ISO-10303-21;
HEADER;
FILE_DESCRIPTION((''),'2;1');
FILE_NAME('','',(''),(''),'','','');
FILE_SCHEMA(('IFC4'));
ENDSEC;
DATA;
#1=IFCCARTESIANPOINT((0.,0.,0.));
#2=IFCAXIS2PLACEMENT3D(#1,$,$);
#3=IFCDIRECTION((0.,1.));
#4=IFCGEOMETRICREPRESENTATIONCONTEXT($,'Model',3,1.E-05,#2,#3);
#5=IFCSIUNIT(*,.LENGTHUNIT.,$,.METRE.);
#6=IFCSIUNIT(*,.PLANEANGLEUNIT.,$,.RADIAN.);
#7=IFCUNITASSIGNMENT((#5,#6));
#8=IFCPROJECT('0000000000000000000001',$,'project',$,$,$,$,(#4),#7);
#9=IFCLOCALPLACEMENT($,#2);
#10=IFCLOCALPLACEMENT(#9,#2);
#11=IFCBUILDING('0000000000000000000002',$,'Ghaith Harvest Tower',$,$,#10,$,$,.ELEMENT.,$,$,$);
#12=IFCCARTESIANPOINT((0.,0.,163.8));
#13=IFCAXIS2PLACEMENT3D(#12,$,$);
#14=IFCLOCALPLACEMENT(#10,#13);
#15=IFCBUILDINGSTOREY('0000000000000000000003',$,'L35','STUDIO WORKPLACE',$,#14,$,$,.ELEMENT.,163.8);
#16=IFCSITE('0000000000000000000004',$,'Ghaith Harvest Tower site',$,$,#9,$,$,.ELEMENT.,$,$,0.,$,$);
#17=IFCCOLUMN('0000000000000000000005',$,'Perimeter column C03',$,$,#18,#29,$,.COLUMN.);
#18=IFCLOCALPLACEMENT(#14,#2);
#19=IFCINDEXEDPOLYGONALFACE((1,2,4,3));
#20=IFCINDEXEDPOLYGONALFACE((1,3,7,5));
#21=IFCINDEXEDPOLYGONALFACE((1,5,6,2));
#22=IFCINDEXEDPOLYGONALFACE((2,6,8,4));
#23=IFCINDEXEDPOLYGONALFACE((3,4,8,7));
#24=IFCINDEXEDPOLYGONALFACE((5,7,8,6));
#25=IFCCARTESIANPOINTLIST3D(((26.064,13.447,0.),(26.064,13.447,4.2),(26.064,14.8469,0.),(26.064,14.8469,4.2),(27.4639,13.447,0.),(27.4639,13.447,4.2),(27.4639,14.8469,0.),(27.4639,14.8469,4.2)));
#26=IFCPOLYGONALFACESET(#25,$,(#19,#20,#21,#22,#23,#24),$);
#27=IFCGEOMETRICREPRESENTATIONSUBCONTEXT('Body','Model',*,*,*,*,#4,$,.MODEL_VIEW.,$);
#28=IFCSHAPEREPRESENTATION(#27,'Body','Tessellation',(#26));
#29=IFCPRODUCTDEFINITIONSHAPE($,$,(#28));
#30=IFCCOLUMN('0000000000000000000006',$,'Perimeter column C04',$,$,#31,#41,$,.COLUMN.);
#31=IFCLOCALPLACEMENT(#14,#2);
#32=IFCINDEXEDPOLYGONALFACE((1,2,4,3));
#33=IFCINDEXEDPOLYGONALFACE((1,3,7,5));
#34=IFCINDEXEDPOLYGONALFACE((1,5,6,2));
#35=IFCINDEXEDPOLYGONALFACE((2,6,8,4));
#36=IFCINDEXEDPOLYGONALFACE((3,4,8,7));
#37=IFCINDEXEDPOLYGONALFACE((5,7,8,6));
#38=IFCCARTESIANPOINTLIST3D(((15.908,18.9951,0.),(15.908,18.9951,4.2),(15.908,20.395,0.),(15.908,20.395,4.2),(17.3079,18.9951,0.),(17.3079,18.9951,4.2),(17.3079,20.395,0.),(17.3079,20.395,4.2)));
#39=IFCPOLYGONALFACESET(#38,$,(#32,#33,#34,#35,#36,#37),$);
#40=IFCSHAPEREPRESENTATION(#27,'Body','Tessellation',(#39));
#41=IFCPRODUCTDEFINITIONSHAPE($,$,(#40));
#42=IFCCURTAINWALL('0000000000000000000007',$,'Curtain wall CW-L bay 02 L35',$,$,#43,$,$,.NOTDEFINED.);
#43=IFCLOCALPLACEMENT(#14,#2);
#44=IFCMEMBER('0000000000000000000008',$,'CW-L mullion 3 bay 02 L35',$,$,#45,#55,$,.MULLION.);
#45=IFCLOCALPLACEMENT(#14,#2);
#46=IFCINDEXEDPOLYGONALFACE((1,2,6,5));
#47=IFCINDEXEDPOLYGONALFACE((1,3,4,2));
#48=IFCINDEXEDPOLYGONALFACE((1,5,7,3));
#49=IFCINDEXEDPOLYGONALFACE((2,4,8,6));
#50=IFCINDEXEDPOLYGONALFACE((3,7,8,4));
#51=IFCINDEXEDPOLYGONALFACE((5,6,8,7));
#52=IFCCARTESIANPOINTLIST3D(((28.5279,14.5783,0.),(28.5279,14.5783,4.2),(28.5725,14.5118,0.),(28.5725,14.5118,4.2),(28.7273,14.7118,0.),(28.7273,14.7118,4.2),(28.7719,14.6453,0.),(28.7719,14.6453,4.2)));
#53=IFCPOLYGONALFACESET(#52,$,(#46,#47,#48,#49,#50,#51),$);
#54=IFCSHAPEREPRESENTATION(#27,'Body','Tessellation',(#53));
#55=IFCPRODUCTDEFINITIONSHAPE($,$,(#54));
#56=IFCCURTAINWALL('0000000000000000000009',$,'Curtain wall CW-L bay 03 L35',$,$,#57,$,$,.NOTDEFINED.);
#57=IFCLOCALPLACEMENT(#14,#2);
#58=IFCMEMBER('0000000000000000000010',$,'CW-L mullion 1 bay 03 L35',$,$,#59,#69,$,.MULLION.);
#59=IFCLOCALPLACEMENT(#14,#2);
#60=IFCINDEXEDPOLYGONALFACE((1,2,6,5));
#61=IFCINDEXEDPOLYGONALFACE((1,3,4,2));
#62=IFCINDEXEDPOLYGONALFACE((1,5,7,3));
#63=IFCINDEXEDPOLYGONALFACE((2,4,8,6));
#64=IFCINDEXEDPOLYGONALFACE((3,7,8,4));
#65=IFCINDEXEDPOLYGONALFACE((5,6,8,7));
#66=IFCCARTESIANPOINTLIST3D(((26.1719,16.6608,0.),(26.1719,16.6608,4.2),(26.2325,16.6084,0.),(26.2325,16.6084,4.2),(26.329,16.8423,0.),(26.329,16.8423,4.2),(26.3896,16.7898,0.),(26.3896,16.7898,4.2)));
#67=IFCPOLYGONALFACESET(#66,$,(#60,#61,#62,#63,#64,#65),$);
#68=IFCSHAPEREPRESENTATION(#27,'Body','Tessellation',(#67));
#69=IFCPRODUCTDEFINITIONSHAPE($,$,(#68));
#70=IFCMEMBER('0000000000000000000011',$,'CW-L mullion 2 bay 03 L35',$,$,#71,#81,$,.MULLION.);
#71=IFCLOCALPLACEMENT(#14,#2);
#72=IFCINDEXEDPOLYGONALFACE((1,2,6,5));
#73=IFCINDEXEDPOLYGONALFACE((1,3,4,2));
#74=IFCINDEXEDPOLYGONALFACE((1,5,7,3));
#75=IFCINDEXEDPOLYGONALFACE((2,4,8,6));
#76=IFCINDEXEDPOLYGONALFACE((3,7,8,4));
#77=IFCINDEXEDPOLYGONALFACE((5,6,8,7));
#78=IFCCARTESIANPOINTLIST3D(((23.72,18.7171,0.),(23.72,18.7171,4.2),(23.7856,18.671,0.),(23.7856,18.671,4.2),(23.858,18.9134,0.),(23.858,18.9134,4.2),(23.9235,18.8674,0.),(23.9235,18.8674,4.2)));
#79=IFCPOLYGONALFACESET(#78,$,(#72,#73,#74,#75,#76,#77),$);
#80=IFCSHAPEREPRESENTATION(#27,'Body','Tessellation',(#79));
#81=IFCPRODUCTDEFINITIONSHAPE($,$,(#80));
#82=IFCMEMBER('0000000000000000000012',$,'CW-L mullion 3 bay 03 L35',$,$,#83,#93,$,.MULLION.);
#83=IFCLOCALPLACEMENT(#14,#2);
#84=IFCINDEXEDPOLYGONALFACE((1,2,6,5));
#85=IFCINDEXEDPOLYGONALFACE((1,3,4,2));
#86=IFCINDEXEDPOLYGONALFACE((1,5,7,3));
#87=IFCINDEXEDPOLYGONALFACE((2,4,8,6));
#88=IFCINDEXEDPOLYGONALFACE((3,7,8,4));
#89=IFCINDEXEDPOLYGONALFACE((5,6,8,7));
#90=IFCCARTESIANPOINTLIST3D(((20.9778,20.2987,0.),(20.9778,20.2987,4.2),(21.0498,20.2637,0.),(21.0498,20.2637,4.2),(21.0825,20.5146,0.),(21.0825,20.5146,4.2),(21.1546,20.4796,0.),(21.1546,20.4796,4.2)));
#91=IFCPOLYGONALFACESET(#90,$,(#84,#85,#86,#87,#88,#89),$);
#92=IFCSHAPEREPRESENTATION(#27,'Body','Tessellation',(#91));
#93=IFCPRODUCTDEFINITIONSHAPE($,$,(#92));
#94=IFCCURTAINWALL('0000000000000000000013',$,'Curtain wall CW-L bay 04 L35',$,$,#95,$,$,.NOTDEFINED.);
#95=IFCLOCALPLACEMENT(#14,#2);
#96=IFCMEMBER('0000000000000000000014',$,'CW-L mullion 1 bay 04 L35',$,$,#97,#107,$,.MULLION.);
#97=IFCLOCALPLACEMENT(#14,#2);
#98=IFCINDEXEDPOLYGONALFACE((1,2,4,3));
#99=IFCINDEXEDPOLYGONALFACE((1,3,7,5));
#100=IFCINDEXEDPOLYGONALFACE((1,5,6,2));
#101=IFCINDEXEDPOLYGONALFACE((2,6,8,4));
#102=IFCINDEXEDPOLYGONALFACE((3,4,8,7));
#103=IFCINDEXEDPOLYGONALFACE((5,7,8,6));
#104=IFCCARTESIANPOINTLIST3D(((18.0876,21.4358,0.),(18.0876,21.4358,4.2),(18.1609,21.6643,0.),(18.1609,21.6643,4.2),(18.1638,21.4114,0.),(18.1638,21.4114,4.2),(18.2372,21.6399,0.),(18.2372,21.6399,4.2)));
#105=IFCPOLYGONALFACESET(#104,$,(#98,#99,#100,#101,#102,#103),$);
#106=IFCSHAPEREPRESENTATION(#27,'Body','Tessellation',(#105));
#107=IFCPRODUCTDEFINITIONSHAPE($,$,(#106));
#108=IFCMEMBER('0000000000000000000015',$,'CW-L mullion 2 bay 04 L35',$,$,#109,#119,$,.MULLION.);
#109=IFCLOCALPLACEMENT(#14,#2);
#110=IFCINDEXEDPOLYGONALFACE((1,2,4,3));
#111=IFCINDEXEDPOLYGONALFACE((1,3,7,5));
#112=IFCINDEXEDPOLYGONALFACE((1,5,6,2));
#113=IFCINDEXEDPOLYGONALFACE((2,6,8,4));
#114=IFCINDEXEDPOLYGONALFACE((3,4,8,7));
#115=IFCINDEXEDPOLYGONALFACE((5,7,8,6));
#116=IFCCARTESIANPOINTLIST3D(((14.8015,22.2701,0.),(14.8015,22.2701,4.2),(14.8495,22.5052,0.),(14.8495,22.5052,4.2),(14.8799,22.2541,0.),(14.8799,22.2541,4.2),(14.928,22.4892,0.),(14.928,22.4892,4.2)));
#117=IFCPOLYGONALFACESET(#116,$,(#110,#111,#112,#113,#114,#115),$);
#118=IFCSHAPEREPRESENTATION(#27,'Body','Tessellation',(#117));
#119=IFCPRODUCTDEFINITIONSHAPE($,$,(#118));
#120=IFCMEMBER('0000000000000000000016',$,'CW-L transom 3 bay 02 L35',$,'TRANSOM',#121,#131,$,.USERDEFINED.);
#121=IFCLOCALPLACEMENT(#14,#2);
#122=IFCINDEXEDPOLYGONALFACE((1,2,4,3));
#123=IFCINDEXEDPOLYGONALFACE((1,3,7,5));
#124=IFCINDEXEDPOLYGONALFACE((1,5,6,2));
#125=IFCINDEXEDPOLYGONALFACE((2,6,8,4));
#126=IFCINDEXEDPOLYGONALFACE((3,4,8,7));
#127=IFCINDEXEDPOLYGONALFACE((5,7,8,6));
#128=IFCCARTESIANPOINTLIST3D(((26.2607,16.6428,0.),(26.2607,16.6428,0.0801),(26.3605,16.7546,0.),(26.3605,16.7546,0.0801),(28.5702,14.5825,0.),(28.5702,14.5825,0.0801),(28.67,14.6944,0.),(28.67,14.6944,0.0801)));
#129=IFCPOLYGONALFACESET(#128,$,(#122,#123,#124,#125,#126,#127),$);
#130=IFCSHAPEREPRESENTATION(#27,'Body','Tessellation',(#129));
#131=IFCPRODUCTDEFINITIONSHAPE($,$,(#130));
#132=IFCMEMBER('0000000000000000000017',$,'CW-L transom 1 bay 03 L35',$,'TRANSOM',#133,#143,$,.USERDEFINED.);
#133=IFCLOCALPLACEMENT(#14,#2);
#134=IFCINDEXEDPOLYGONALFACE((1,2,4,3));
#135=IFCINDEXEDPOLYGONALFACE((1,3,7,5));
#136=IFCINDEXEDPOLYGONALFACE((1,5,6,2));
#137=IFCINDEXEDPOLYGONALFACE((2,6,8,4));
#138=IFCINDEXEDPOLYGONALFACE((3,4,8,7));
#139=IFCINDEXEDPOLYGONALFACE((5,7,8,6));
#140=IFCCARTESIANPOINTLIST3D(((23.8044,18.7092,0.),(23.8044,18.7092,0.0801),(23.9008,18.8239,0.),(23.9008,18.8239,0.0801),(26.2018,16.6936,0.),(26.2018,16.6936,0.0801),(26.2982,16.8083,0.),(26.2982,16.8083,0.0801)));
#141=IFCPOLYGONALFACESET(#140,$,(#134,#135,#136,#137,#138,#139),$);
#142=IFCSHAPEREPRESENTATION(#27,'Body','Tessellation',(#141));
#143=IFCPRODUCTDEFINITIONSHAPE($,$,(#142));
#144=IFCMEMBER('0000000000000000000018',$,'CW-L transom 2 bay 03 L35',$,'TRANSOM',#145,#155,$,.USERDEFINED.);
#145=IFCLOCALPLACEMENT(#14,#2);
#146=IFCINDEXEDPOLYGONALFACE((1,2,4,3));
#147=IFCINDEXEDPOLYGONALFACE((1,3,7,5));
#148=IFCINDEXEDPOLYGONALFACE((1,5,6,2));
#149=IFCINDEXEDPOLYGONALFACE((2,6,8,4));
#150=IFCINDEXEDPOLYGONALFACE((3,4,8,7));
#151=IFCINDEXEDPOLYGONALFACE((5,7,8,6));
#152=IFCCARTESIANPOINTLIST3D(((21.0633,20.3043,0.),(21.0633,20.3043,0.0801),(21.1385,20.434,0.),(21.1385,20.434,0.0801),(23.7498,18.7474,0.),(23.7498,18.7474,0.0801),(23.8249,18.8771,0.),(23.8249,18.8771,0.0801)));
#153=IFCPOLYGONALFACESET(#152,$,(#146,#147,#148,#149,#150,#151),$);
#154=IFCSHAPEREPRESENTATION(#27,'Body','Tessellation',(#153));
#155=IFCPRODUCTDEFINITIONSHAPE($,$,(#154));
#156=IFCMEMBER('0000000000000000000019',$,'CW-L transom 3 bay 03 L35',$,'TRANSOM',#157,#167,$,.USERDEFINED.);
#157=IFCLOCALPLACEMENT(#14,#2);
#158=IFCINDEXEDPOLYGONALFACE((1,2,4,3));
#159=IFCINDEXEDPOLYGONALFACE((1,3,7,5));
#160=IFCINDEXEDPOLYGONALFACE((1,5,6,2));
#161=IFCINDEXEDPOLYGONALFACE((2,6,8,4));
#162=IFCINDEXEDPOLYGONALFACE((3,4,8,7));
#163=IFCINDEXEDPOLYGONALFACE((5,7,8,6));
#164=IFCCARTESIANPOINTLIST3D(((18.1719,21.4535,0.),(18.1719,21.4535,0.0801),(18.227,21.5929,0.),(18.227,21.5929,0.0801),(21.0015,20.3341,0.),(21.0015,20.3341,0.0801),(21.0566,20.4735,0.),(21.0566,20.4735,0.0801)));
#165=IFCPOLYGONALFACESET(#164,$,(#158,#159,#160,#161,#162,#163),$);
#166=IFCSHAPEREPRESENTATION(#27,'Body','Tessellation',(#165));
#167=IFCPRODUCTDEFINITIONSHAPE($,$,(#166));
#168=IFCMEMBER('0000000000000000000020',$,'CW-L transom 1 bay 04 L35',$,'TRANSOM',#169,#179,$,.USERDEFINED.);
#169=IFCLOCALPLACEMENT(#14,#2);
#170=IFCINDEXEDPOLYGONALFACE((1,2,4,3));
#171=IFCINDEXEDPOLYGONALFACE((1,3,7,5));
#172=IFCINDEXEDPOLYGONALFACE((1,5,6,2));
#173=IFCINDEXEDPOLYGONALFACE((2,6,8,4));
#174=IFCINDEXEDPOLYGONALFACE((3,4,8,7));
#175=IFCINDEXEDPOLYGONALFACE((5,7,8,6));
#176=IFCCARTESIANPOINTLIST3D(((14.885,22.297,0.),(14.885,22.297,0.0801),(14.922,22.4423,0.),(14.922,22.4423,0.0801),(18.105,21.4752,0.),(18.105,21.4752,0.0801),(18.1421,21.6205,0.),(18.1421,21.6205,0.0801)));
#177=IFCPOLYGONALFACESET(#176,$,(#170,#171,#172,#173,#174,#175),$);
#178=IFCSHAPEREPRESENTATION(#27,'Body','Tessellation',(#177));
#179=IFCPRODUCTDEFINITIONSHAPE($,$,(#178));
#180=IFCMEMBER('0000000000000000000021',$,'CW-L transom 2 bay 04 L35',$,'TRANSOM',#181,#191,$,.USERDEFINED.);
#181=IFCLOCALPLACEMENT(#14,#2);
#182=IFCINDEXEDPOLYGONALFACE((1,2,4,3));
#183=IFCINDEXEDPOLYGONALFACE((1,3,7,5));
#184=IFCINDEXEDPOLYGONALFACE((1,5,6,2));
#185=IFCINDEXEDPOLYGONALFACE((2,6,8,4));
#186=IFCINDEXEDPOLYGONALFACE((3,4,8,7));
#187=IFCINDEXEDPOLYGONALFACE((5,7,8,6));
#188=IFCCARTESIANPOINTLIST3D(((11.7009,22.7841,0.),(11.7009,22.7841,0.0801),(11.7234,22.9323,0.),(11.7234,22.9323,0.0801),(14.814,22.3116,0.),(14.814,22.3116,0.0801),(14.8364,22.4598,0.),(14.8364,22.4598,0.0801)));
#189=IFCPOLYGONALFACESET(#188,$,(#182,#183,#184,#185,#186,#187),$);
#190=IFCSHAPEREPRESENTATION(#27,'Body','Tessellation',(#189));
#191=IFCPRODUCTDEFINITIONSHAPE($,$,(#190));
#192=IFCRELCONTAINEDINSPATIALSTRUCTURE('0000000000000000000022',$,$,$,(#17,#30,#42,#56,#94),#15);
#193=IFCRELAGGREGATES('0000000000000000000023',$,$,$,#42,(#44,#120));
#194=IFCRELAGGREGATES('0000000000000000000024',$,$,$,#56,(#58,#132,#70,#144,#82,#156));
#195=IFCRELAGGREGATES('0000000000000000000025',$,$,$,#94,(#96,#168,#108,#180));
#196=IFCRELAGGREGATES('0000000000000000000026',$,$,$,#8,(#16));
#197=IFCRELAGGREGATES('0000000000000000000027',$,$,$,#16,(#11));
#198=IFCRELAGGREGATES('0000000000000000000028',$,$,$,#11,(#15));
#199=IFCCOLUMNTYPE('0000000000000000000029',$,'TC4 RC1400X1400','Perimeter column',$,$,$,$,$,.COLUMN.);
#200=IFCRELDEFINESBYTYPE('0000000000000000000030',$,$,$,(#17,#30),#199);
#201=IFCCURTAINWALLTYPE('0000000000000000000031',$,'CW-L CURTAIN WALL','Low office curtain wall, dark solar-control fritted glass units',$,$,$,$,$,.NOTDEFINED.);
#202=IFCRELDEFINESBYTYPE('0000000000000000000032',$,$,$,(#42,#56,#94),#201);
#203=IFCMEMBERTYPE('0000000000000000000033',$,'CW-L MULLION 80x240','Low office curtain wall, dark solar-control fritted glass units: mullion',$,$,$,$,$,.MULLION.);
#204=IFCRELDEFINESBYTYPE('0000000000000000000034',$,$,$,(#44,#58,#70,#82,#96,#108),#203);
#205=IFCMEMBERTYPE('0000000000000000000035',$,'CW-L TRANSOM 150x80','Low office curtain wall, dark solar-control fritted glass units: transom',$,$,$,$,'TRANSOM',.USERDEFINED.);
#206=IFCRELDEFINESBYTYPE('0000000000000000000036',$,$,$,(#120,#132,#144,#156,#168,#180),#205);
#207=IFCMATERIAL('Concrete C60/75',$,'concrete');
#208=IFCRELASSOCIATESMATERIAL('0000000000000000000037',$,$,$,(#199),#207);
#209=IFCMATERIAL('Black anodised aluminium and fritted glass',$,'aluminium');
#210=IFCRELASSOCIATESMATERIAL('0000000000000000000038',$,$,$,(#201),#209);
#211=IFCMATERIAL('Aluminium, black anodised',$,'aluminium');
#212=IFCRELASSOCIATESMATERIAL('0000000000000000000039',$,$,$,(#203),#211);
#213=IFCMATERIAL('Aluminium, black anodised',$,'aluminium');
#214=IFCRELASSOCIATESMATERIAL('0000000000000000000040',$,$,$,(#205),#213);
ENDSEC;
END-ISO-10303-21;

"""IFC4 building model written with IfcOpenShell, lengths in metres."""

from ifc_helpers import new_model, si_unit, direction, frame, origin, origin_2d, place, context, subcontext, project, spatial, rectangle, extrude, material, material_profile, profile_set, type_object, element, aggregate, save


model = new_model("IFC4")

# Units and contexts
model_context = context("Model", 3, precision=1e-05, world=origin(), true_north=direction((0.0, 1.0)))
body_context = subcontext(model_context, "Body", "Model", "MODEL_VIEW")
ifc_project = project(units=[si_unit("LENGTHUNIT", "METRE"), si_unit("PLANEANGLEUNIT", "RADIAN")], contexts=[model_context])

# Site, building, storey
site_placement = place(None, origin())
site = spatial("IfcSite", under=ifc_project, at=site_placement, Name="Ghaith Harvest Tower site", CompositionType="ELEMENT", RefElevation=0.0)
building_placement = place(site_placement, origin())
building = spatial("IfcBuilding", under=site, at=building_placement, Name="Ghaith Harvest Tower", CompositionType="ELEMENT")
storey_placement = place(building_placement, frame((0.0, 0.0, 163.8)))
storey = spatial("IfcBuildingStorey", under=building, at=storey_placement, Name="L35", Description="STUDIO WORKPLACE", CompositionType="ELEMENT", Elevation=163.8)

# Columns
ifc_material_1 = material(Name="Concrete C60/75", Category="concrete")
ifc_material_profile_1 = material_profile(ifc_material_1, rectangle(XDim=1.3999, YDim=1.3999, at=origin_2d()), Name="RC1400X1400")
ifc_profile_set_1 = profile_set([ifc_material_profile_1], Name="Concrete C60/75")
column_type = type_object("IfcColumnType", Name="TC4 RC1400X1400", Description="Perimeter column", PredefinedType="COLUMN", material=ifc_profile_set_1)
for number, where, z_axis, x_axis, name in (
    (1, (26.7639, 14.147, 0.0), (0.0, 0.0, 1.0), (1.0, 0.0, 0.0), "Perimeter column C03"),
    (2, (16.6079, 19.6951, 0.0), (0.0, 0.0, 1.0), (1.0, 0.0, 0.0), "Perimeter column C04"),
):
    element("IfcColumn", number, at=place(storey_placement, frame(where, z_axis=z_axis, x_axis=x_axis)), inside=storey, type_object=column_type, Name=name, PredefinedType="COLUMN", context=body_context, shape_type="SweptSolid", body=[
        extrude(rectangle(XDim=1.3999, YDim=1.3999, at=origin_2d()), origin(), (0.0, 0.0, 1.0), 4.2),
    ])

# Curtain wall, member
ifc_material_2 = material(Name="Black anodised aluminium and fritted glass", Category="aluminium")
curtain_wall_type = type_object("IfcCurtainWallType", Name="CW-L CURTAIN WALL", Description="Low office curtain wall, dark solar-control fritted glass units", PredefinedType="NOTDEFINED", material=ifc_material_2)
curtain_wall_1_placement = place(storey_placement, origin())
curtain_wall_1 = element("IfcCurtainWall", 3, at=curtain_wall_1_placement, inside=storey, type_object=curtain_wall_type, Name="Curtain wall CW-L bay 02 L35", PredefinedType="NOTDEFINED")
ifc_material_3 = material(Name="Aluminium, black anodised", Category="aluminium")
ifc_material_profile_2 = material_profile(ifc_material_3, rectangle(XDim=0.0801, YDim=0.24, at=origin_2d()), Name="CW-L MULLION 80x240")
ifc_profile_set_2 = profile_set([ifc_material_profile_2], Name="Aluminium, black anodised")
member_type_1 = type_object("IfcMemberType", Name="CW-L MULLION 80x240", Description="Low office curtain wall, dark solar-control fritted glass units: mullion", PredefinedType="MULLION", material=ifc_profile_set_2)
member_1_placement = place(storey_placement, frame((28.6499, 14.6118, 0.0), z_axis=(0.0, 0.0, 1.0), x_axis=(-0.556324, 0.830965, 0.0)))
member_1 = element("IfcMember", 4, at=member_1_placement, type_object=member_type_1, Name="CW-L mullion 3 bay 02 L35", PredefinedType="MULLION", context=body_context, shape_type="SweptSolid", body=[
    extrude(rectangle(XDim=0.0801, YDim=0.24, at=origin_2d()), origin(), (0.0, 0.0, 1.0), 4.2),
])

# Curtain walls, members
curtain_wall_2_placement = place(storey_placement, origin())
curtain_wall_2 = element("IfcCurtainWall", 5, at=curtain_wall_2_placement, inside=storey, type_object=curtain_wall_type, Name="Curtain wall CW-L bay 03 L35", PredefinedType="NOTDEFINED")
member_2_placement = place(storey_placement, frame((26.2808, 16.7253, 0.0), z_axis=(0.0, 0.0, 1.0), x_axis=(-0.755999, 0.654572, 0.0)))
member_2 = element("IfcMember", 6, at=member_2_placement, type_object=member_type_1, Name="CW-L mullion 1 bay 03 L35", PredefinedType="MULLION", context=body_context, shape_type="SweptSolid", body=[
    extrude(rectangle(XDim=0.0801, YDim=0.24, at=origin_2d()), origin(), (0.0, 0.0, 1.0), 4.2),
])
member_3_placement = place(storey_placement, frame((23.8218, 18.7922, 0.0), z_axis=(0.0, 0.0, 1.0), x_axis=(-0.818229, 0.574893, 0.0)))
member_3 = element("IfcMember", 7, at=member_3_placement, type_object=member_type_1, Name="CW-L mullion 2 bay 03 L35", PredefinedType="MULLION", context=body_context, shape_type="SweptSolid", body=[
    extrude(rectangle(XDim=0.0801, YDim=0.24, at=origin_2d()), origin(), (0.0, 0.0, 1.0), 4.2),
])
member_4_placement = place(storey_placement, frame((21.0662, 20.3892, 0.0), z_axis=(0.0, 0.0, 1.0), x_axis=(-0.899713, 0.436481, 0.0)))
member_4 = element("IfcMember", 8, at=member_4_placement, type_object=member_type_1, Name="CW-L mullion 3 bay 03 L35", PredefinedType="MULLION", context=body_context, shape_type="SweptSolid", body=[
    extrude(rectangle(XDim=0.0801, YDim=0.24, at=origin_2d()), origin(), (0.0, 0.0, 1.0), 4.2),
])
curtain_wall_3_placement = place(storey_placement, origin())
curtain_wall_3 = element("IfcCurtainWall", 9, at=curtain_wall_3_placement, inside=storey, type_object=curtain_wall_type, Name="Curtain wall CW-L bay 04 L35", PredefinedType="NOTDEFINED")
member_5_placement = place(storey_placement, frame((18.1624, 21.5378, 0.0), z_axis=(0.0, 0.0, 1.0), x_axis=(-0.952152, 0.305624, 0.0)))
member_5 = element("IfcMember", 10, at=member_5_placement, type_object=member_type_1, Name="CW-L mullion 1 bay 04 L35", PredefinedType="MULLION", context=body_context, shape_type="SweptSolid", body=[
    extrude(rectangle(XDim=0.0801, YDim=0.24, at=origin_2d()), origin(), (0.0, 0.0, 1.0), 4.2),
])
member_6_placement = place(storey_placement, frame((14.8647, 22.3796, 0.0), z_axis=(0.0, 0.0, 1.0), x_axis=(-0.979752, 0.200215, 0.0)))
member_6 = element("IfcMember", 11, at=member_6_placement, type_object=member_type_1, Name="CW-L mullion 2 bay 04 L35", PredefinedType="MULLION", context=body_context, shape_type="SweptSolid", body=[
    extrude(rectangle(XDim=0.0801, YDim=0.24, at=origin_2d()), origin(), (0.0, 0.0, 1.0), 4.2),
])

# Members
ifc_material_4 = material(Name="Aluminium, black anodised", Category="aluminium")
ifc_material_profile_3 = material_profile(ifc_material_4, rectangle(XDim=0.1499, YDim=0.0801, at=origin_2d()), Name="CW-L TRANSOM 150x80")
ifc_profile_set_3 = profile_set([ifc_material_profile_3], Name="Aluminium, black anodised")
member_type_2 = type_object("IfcMemberType", Name="CW-L TRANSOM 150x80", Description="Low office curtain wall, dark solar-control fritted glass units: transom", ElementType="TRANSOM", PredefinedType="USERDEFINED", material=ifc_profile_set_3)
member_7_placement = place(storey_placement, frame((28.6201, 14.6384, 0.04), z_axis=(-0.746229, 0.66569, 0.0), x_axis=(-0.66569, -0.746229, 0.0)))
member_7 = element("IfcMember", 12, at=member_7_placement, type_object=member_type_2, Name="CW-L transom 3 bay 02 L35", ObjectType="TRANSOM", PredefinedType="USERDEFINED", context=body_context, shape_type="SweptSolid", body=[
    extrude(rectangle(XDim=0.1499, YDim=0.0801, at=origin_2d()), origin(), (0.0, 0.0, 1.0), 3.095),
])
member_8_placement = place(storey_placement, frame((26.25, 16.751, 0.04), z_axis=(-0.765428, 0.643521, 0.0), x_axis=(-0.643521, -0.765428, 0.0)))
member_8 = element("IfcMember", 13, at=member_8_placement, type_object=member_type_2, Name="CW-L transom 1 bay 03 L35", ObjectType="TRANSOM", PredefinedType="USERDEFINED", context=body_context, shape_type="SweptSolid", body=[
    extrude(rectangle(XDim=0.1499, YDim=0.0801, at=origin_2d()), origin(), (0.0, 0.0, 1.0), 3.1321),
])
member_9_placement = place(storey_placement, frame((23.7874, 18.8123, 0.04), z_axis=(-0.865213, 0.501405, 0.0), x_axis=(-0.501405, -0.865213, 0.0)))
member_9 = element("IfcMember", 14, at=member_9_placement, type_object=member_type_2, Name="CW-L transom 2 bay 03 L35", ObjectType="TRANSOM", PredefinedType="USERDEFINED", context=body_context, shape_type="SweptSolid", body=[
    extrude(rectangle(XDim=0.1499, YDim=0.0801, at=origin_2d()), origin(), (0.0, 0.0, 1.0), 3.105),
])
member_10_placement = place(storey_placement, frame((21.0291, 20.4038, 0.04), z_axis=(-0.929881, 0.367861, 0.0), x_axis=(-0.367861, -0.929881, 0.0)))
member_10 = element("IfcMember", 15, at=member_10_placement, type_object=member_type_2, Name="CW-L transom 3 bay 03 L35", ObjectType="TRANSOM", PredefinedType="USERDEFINED", context=body_context, shape_type="SweptSolid", body=[
    extrude(rectangle(XDim=0.1499, YDim=0.0801, at=origin_2d()), origin(), (0.0, 0.0, 1.0), 3.043),
])
member_11_placement = place(storey_placement, frame((18.1235, 21.5479, 0.04), z_axis=(-0.968942, 0.247286, 0.0), x_axis=(-0.247286, -0.968942, 0.0)))
member_11 = element("IfcMember", 16, at=member_11_placement, type_object=member_type_2, Name="CW-L transom 1 bay 04 L35", ObjectType="TRANSOM", PredefinedType="USERDEFINED", context=body_context, shape_type="SweptSolid", body=[
    extrude(rectangle(XDim=0.1499, YDim=0.0801, at=origin_2d()), origin(), (0.0, 0.0, 1.0), 3.3232),
])
member_12_placement = place(storey_placement, frame((14.8252, 22.3857, 0.04), z_axis=(-0.988681, 0.150035, 0.0), x_axis=(-0.150035, -0.988681, 0.0)))
member_12 = element("IfcMember", 17, at=member_12_placement, type_object=member_type_2, Name="CW-L transom 2 bay 04 L35", ObjectType="TRANSOM", PredefinedType="USERDEFINED", context=body_context, shape_type="SweptSolid", body=[
    extrude(rectangle(XDim=0.1499, YDim=0.0801, at=origin_2d()), origin(), (0.0, 0.0, 1.0), 3.1487),
])

aggregate(curtain_wall_1, [member_1, member_7])
aggregate(curtain_wall_2, [member_2, member_8, member_3, member_9, member_4, member_10])
aggregate(curtain_wall_3, [member_5, member_11, member_6, member_12])

save(model, "model.ifc")
